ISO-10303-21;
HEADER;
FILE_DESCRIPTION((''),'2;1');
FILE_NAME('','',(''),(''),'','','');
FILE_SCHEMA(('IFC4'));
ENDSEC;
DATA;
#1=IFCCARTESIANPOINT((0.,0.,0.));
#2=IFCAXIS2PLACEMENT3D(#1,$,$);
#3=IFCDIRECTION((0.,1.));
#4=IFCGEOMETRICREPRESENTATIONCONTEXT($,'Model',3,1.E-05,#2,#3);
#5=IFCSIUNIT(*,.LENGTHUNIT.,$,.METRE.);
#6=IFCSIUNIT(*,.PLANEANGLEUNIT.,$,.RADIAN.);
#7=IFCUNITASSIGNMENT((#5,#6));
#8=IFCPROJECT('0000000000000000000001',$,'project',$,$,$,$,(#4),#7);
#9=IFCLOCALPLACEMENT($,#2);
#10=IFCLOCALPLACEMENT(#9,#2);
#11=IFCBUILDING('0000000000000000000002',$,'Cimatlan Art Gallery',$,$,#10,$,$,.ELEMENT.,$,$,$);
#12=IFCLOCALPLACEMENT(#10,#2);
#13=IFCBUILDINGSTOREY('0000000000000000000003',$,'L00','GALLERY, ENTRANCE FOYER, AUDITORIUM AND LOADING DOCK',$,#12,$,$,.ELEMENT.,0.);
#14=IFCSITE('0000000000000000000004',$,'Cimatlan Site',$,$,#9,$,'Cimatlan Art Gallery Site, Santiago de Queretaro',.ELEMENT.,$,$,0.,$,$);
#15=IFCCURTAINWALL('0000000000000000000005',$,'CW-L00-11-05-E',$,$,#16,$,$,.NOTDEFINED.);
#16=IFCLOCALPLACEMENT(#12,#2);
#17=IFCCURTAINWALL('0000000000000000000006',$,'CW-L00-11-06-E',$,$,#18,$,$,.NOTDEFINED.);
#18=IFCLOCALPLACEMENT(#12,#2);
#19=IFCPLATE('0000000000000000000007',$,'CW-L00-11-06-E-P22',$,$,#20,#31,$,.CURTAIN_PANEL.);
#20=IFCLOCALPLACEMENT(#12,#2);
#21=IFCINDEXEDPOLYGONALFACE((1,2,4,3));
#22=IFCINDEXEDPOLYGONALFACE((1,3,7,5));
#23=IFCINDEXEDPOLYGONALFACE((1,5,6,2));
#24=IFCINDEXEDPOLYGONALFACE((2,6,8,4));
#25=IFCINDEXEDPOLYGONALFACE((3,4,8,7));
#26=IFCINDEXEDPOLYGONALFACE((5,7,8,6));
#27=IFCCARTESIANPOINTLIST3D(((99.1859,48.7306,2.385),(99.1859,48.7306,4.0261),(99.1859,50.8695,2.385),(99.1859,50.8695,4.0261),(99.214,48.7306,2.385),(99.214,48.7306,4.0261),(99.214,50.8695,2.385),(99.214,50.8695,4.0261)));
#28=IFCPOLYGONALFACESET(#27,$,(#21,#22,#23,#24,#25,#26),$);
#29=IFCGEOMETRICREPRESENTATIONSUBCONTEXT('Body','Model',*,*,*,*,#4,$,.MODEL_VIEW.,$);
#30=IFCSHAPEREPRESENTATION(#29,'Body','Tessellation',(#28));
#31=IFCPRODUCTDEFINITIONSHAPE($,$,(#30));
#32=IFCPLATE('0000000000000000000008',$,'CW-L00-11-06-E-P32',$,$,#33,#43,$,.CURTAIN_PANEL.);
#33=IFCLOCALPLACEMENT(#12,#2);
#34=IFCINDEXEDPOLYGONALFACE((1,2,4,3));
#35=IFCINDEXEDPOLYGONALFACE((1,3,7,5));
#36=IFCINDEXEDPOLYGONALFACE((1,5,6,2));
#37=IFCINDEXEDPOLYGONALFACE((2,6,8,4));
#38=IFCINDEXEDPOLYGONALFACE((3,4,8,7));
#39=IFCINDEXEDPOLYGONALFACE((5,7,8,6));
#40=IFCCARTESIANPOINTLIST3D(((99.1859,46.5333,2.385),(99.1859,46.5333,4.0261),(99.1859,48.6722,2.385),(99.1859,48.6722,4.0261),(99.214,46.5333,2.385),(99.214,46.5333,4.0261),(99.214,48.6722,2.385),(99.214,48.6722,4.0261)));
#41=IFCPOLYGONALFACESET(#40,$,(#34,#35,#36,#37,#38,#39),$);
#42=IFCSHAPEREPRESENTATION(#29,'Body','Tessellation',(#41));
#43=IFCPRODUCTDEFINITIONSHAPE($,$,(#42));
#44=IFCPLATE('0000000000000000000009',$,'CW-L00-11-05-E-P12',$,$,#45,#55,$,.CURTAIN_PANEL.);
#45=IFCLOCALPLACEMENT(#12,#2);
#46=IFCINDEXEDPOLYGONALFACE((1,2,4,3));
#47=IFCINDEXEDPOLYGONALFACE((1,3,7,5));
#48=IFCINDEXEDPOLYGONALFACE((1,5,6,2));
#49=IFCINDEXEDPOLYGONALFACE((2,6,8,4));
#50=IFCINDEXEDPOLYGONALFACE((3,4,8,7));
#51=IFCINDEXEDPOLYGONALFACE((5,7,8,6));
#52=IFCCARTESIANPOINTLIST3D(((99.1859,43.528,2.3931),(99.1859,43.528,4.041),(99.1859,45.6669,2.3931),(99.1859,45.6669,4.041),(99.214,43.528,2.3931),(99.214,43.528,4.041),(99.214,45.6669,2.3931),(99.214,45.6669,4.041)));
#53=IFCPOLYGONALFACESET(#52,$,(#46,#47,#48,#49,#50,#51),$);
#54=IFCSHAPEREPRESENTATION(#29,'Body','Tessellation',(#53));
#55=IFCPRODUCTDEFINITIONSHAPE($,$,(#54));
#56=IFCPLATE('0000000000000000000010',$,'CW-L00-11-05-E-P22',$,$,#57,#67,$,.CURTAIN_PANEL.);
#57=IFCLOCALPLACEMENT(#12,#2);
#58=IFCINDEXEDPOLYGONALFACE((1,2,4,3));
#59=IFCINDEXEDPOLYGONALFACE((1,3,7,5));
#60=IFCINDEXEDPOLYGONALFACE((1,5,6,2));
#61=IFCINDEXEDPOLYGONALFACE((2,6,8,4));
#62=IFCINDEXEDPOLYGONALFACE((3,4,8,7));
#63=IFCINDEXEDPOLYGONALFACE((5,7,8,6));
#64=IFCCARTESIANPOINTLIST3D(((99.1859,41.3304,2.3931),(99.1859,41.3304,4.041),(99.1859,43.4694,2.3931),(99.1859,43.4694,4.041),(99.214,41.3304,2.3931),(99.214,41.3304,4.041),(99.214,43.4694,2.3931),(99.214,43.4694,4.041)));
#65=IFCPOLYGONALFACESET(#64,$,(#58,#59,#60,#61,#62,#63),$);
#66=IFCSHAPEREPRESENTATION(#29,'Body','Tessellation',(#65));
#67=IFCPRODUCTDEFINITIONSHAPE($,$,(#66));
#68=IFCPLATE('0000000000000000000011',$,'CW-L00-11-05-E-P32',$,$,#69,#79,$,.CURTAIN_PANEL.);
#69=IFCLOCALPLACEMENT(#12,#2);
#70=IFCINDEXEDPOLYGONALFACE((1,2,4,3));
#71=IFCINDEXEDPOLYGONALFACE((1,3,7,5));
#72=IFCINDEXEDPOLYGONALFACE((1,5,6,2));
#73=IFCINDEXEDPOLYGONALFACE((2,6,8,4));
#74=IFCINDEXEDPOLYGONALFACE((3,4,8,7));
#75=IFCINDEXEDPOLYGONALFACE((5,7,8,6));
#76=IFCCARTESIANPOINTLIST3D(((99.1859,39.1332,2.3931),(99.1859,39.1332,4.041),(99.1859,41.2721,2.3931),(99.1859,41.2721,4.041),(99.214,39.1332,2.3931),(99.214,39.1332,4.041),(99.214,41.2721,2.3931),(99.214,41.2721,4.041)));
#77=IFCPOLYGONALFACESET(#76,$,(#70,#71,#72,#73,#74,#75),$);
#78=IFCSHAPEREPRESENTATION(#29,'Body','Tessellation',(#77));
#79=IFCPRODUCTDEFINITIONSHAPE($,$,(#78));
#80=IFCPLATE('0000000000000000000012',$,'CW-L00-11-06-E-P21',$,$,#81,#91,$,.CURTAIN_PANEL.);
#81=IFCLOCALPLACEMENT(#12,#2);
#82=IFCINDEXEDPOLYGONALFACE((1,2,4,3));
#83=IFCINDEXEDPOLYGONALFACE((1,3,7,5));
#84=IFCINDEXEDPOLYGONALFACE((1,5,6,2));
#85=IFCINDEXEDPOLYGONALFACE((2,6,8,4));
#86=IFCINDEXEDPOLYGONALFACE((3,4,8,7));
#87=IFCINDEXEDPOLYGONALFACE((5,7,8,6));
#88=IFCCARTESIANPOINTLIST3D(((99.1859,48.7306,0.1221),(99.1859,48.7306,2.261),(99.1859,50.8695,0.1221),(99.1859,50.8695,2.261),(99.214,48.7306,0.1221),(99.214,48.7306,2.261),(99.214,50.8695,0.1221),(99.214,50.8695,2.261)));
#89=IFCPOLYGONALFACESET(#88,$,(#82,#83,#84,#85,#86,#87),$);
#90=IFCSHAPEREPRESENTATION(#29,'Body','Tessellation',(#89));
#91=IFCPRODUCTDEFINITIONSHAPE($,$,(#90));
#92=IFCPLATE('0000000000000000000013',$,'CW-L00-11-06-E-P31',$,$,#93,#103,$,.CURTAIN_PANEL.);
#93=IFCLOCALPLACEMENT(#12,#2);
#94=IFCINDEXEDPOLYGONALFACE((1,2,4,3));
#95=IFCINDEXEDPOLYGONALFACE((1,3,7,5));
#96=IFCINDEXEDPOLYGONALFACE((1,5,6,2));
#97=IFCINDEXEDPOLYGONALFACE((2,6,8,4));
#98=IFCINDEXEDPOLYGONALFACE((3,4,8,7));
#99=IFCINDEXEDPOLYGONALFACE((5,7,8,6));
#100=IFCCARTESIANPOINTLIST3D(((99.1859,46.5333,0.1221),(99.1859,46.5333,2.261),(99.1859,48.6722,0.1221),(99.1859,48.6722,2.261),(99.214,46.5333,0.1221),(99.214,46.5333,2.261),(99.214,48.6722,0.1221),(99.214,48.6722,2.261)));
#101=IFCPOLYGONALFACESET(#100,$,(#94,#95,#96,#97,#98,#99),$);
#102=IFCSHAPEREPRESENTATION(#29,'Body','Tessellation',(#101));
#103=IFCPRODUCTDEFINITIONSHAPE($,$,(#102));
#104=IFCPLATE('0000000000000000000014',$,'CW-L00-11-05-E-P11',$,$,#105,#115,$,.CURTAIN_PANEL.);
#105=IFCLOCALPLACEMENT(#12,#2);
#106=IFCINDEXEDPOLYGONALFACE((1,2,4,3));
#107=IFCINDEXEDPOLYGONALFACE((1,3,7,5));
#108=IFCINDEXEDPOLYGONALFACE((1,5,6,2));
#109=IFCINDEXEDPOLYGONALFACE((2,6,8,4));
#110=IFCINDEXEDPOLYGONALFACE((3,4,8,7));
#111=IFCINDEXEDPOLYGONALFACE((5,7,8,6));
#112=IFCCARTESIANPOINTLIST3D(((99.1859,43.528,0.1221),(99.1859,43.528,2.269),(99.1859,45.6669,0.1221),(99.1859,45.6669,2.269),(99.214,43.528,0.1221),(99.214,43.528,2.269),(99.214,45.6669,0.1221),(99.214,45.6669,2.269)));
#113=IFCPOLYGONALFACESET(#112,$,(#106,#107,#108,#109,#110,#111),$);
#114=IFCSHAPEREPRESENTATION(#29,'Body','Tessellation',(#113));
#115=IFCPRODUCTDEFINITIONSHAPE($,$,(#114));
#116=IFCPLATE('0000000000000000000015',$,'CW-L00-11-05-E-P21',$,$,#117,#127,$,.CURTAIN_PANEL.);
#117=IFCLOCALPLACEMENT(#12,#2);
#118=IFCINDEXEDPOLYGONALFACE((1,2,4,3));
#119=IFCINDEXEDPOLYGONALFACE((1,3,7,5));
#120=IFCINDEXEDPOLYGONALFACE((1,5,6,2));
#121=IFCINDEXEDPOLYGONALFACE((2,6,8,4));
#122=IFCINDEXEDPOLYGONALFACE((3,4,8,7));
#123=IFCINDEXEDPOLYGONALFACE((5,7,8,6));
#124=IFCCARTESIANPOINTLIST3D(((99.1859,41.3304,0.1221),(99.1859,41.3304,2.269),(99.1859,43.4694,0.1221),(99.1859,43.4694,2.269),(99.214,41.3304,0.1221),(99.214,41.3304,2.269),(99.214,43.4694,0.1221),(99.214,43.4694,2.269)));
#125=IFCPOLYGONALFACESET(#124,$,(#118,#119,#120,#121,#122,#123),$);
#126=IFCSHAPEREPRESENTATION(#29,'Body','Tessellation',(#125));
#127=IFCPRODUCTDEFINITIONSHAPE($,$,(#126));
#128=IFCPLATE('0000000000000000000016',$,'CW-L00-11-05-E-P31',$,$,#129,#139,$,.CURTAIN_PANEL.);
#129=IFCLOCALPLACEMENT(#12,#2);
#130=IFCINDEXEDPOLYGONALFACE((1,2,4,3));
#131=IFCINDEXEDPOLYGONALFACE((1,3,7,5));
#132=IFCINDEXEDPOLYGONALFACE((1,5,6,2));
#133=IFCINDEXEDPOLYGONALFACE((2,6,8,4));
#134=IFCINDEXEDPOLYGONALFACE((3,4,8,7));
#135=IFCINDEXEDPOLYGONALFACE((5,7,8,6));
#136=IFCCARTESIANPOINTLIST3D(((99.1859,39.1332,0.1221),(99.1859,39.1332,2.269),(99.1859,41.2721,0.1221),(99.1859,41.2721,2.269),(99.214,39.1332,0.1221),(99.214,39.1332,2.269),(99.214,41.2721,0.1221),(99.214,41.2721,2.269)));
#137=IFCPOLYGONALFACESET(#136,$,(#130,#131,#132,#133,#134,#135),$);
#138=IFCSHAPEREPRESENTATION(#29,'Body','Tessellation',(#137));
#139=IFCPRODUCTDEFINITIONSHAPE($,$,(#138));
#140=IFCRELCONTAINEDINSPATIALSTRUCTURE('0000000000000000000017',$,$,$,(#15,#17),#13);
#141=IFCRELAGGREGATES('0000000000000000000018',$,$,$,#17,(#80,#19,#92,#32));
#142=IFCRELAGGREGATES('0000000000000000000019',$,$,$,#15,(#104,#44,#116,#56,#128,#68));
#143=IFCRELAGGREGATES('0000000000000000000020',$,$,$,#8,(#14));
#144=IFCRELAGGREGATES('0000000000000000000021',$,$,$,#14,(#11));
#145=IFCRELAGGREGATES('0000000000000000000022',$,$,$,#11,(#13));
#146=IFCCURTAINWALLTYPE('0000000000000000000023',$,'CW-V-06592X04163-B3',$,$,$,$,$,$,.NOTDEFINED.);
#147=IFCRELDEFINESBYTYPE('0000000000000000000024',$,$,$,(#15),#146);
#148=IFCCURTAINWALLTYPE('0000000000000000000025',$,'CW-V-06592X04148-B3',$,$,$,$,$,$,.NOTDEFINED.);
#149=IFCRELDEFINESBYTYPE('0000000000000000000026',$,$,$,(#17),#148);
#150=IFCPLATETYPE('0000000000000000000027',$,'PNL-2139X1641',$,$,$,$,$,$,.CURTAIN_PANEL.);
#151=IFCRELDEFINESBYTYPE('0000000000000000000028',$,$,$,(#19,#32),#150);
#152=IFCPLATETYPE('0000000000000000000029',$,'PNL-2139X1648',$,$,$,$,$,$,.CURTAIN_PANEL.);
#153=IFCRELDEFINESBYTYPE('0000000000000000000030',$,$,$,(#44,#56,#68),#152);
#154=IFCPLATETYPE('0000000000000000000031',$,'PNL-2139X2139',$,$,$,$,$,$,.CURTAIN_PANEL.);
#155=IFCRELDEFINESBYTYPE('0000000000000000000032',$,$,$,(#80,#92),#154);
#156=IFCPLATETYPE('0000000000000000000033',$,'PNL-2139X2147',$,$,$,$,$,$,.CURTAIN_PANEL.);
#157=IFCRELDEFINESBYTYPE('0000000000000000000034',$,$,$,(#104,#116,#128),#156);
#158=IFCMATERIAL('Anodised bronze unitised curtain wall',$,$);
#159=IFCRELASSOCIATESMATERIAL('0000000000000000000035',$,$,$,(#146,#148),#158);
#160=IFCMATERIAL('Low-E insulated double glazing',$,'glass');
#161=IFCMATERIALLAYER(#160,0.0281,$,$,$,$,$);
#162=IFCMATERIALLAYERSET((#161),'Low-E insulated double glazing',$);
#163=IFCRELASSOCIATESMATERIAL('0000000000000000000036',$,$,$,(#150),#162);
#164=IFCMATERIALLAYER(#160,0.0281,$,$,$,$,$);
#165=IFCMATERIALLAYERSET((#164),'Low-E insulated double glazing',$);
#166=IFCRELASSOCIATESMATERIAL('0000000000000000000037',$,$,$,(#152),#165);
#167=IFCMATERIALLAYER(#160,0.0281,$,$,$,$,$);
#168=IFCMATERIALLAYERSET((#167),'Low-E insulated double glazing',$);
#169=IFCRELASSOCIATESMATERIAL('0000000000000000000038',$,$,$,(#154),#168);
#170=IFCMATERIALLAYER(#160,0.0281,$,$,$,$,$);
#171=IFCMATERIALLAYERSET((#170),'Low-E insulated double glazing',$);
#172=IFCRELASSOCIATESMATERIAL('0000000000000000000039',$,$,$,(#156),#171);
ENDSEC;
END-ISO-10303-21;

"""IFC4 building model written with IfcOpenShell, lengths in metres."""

from ifc_helpers import new_model, si_unit, direction, frame, origin, origin_2d, place, context, subcontext, project, spatial, rectangle, extrude, material, layer, layer_set, type_object, element, aggregate, save


model = new_model("IFC4")

# Units and contexts
model_context = context("Model", 3, precision=1e-05, world=origin(), true_north=direction((0.0, 1.0)))
body_context = subcontext(model_context, "Body", "Model", "MODEL_VIEW")
ifc_project = project(units=[si_unit("LENGTHUNIT", "METRE"), si_unit("PLANEANGLEUNIT", "RADIAN")], contexts=[model_context])

# Site, building, storey
site_placement = place(None, origin())
site = spatial("IfcSite", under=ifc_project, at=site_placement, Name="Cimatlan Site", LongName="Cimatlan Art Gallery Site, Santiago de Queretaro", CompositionType="ELEMENT", RefElevation=0.0)
building_placement = place(site_placement, origin())
building = spatial("IfcBuilding", under=site, at=building_placement, Name="Cimatlan Art Gallery", CompositionType="ELEMENT")
storey_placement = place(building_placement, origin())
storey = spatial("IfcBuildingStorey", under=building, at=storey_placement, Name="L00", Description="GALLERY, ENTRANCE FOYER, AUDITORIUM AND LOADING DOCK", CompositionType="ELEMENT", Elevation=0.0)

# Curtain walls
ifc_material_1 = material(Name="Anodised bronze unitised curtain wall")
curtain_wall_type_1 = type_object("IfcCurtainWallType", Name="CW-V-06592X04163-B3", PredefinedType="NOTDEFINED", material=ifc_material_1)
curtain_wall_1_placement = place(storey_placement, origin())
curtain_wall_1 = element("IfcCurtainWall", 1, at=curtain_wall_1_placement, inside=storey, type_object=curtain_wall_type_1, Name="CW-L00-11-05-E", PredefinedType="NOTDEFINED")
curtain_wall_type_2 = type_object("IfcCurtainWallType", Name="CW-V-06592X04148-B3", PredefinedType="NOTDEFINED", material=ifc_material_1)
curtain_wall_2_placement = place(storey_placement, origin())
curtain_wall_2 = element("IfcCurtainWall", 2, at=curtain_wall_2_placement, inside=storey, type_object=curtain_wall_type_2, Name="CW-L00-11-06-E", PredefinedType="NOTDEFINED")

# Plates
ifc_material_2 = material(Name="Low-E insulated double glazing", Category="glass")
ifc_layer_1 = layer(ifc_material_2, 0.0281)
ifc_layer_set_1 = layer_set([ifc_layer_1], Name="Low-E insulated double glazing")
plate_type_1 = type_object("IfcPlateType", Name="PNL-2139X1641", PredefinedType="CURTAIN_PANEL", material=ifc_layer_set_1)
plate_1_placement = place(storey_placement, frame((99.2, 49.8, 2.385), z_axis=(0.0, 0.0, 1.0), x_axis=(0.0, -1.0, 0.0)))
plate_1 = element("IfcPlate", 3, at=plate_1_placement, type_object=plate_type_1, Name="CW-L00-11-06-E-P22", PredefinedType="CURTAIN_PANEL", context=body_context, shape_type="SweptSolid", body=[
    extrude(rectangle(XDim=2.1389, YDim=0.0281, at=origin_2d()), origin(), (0.0, 0.0, 1.0), 1.6411),
])
plate_2_placement = place(storey_placement, frame((99.2, 47.6028, 2.385), z_axis=(0.0, 0.0, 1.0), x_axis=(0.0, -1.0, 0.0)))
plate_2 = element("IfcPlate", 4, at=plate_2_placement, type_object=plate_type_1, Name="CW-L00-11-06-E-P32", PredefinedType="CURTAIN_PANEL", context=body_context, shape_type="SweptSolid", body=[
    extrude(rectangle(XDim=2.1389, YDim=0.0281, at=origin_2d()), origin(), (0.0, 0.0, 1.0), 1.6411),
])
ifc_layer_2 = layer(ifc_material_2, 0.0281)
ifc_layer_set_2 = layer_set([ifc_layer_2], Name="Low-E insulated double glazing")
plate_type_2 = type_object("IfcPlateType", Name="PNL-2139X1648", PredefinedType="CURTAIN_PANEL", material=ifc_layer_set_2)
plate_3_placement = place(storey_placement, frame((99.2, 44.5974, 2.3931), z_axis=(0.0, 0.0, 1.0), x_axis=(0.0, -1.0, 0.0)))
plate_3 = element("IfcPlate", 5, at=plate_3_placement, type_object=plate_type_2, Name="CW-L00-11-05-E-P12", PredefinedType="CURTAIN_PANEL", context=body_context, shape_type="SweptSolid", body=[
    extrude(rectangle(XDim=2.1389, YDim=0.0281, at=origin_2d()), origin(), (0.0, 0.0, 1.0), 1.6479),
])
plate_4_placement = place(storey_placement, frame((99.2, 42.3999, 2.3931), z_axis=(0.0, 0.0, 1.0), x_axis=(0.0, -1.0, 0.0)))
plate_4 = element("IfcPlate", 6, at=plate_4_placement, type_object=plate_type_2, Name="CW-L00-11-05-E-P22", PredefinedType="CURTAIN_PANEL", context=body_context, shape_type="SweptSolid", body=[
    extrude(rectangle(XDim=2.1389, YDim=0.0281, at=origin_2d()), origin(), (0.0, 0.0, 1.0), 1.6479),
])
plate_5_placement = place(storey_placement, frame((99.2, 40.2026, 2.3931), z_axis=(0.0, 0.0, 1.0), x_axis=(0.0, -1.0, 0.0)))
plate_5 = element("IfcPlate", 7, at=plate_5_placement, type_object=plate_type_2, Name="CW-L00-11-05-E-P32", PredefinedType="CURTAIN_PANEL", context=body_context, shape_type="SweptSolid", body=[
    extrude(rectangle(XDim=2.1389, YDim=0.0281, at=origin_2d()), origin(), (0.0, 0.0, 1.0), 1.6479),
])
ifc_layer_3 = layer(ifc_material_2, 0.0281)
ifc_layer_set_3 = layer_set([ifc_layer_3], Name="Low-E insulated double glazing")
plate_type_3 = type_object("IfcPlateType", Name="PNL-2139X2139", PredefinedType="CURTAIN_PANEL", material=ifc_layer_set_3)
plate_6_placement = place(storey_placement, frame((99.2, 49.8, 0.1221), z_axis=(0.0, 0.0, 1.0), x_axis=(0.0, -1.0, 0.0)))
plate_6 = element("IfcPlate", 8, at=plate_6_placement, type_object=plate_type_3, Name="CW-L00-11-06-E-P21", PredefinedType="CURTAIN_PANEL", context=body_context, shape_type="SweptSolid", body=[
    extrude(rectangle(XDim=2.1389, YDim=0.0281, at=origin_2d()), origin(), (0.0, 0.0, 1.0), 2.1389),
])
plate_7_placement = place(storey_placement, frame((99.2, 47.6028, 0.1221), z_axis=(0.0, 0.0, 1.0), x_axis=(0.0, -1.0, 0.0)))
plate_7 = element("IfcPlate", 9, at=plate_7_placement, type_object=plate_type_3, Name="CW-L00-11-06-E-P31", PredefinedType="CURTAIN_PANEL", context=body_context, shape_type="SweptSolid", body=[
    extrude(rectangle(XDim=2.1389, YDim=0.0281, at=origin_2d()), origin(), (0.0, 0.0, 1.0), 2.1389),
])
aggregate(curtain_wall_2, [plate_6, plate_1, plate_7, plate_2])
ifc_layer_4 = layer(ifc_material_2, 0.0281)
ifc_layer_set_4 = layer_set([ifc_layer_4], Name="Low-E insulated double glazing")
plate_type_4 = type_object("IfcPlateType", Name="PNL-2139X2147", PredefinedType="CURTAIN_PANEL", material=ifc_layer_set_4)
plate_8_placement = place(storey_placement, frame((99.2, 44.5974, 0.1221), z_axis=(0.0, 0.0, 1.0), x_axis=(0.0, -1.0, 0.0)))
plate_8 = element("IfcPlate", 10, at=plate_8_placement, type_object=plate_type_4, Name="CW-L00-11-05-E-P11", PredefinedType="CURTAIN_PANEL", context=body_context, shape_type="SweptSolid", body=[
    extrude(rectangle(XDim=2.1389, YDim=0.0281, at=origin_2d()), origin(), (0.0, 0.0, 1.0), 2.147),
])
plate_9_placement = place(storey_placement, frame((99.2, 42.3999, 0.1221), z_axis=(0.0, 0.0, 1.0), x_axis=(0.0, -1.0, 0.0)))
plate_9 = element("IfcPlate", 11, at=plate_9_placement, type_object=plate_type_4, Name="CW-L00-11-05-E-P21", PredefinedType="CURTAIN_PANEL", context=body_context, shape_type="SweptSolid", body=[
    extrude(rectangle(XDim=2.1389, YDim=0.0281, at=origin_2d()), origin(), (0.0, 0.0, 1.0), 2.147),
])
plate_10_placement = place(storey_placement, frame((99.2, 40.2026, 0.1221), z_axis=(0.0, 0.0, 1.0), x_axis=(0.0, -1.0, 0.0)))
plate_10 = element("IfcPlate", 12, at=plate_10_placement, type_object=plate_type_4, Name="CW-L00-11-05-E-P31", PredefinedType="CURTAIN_PANEL", context=body_context, shape_type="SweptSolid", body=[
    extrude(rectangle(XDim=2.1389, YDim=0.0281, at=origin_2d()), origin(), (0.0, 0.0, 1.0), 2.147),
])
aggregate(curtain_wall_1, [plate_8, plate_3, plate_9, plate_4, plate_10, plate_5])

save(model, "model.ifc")
